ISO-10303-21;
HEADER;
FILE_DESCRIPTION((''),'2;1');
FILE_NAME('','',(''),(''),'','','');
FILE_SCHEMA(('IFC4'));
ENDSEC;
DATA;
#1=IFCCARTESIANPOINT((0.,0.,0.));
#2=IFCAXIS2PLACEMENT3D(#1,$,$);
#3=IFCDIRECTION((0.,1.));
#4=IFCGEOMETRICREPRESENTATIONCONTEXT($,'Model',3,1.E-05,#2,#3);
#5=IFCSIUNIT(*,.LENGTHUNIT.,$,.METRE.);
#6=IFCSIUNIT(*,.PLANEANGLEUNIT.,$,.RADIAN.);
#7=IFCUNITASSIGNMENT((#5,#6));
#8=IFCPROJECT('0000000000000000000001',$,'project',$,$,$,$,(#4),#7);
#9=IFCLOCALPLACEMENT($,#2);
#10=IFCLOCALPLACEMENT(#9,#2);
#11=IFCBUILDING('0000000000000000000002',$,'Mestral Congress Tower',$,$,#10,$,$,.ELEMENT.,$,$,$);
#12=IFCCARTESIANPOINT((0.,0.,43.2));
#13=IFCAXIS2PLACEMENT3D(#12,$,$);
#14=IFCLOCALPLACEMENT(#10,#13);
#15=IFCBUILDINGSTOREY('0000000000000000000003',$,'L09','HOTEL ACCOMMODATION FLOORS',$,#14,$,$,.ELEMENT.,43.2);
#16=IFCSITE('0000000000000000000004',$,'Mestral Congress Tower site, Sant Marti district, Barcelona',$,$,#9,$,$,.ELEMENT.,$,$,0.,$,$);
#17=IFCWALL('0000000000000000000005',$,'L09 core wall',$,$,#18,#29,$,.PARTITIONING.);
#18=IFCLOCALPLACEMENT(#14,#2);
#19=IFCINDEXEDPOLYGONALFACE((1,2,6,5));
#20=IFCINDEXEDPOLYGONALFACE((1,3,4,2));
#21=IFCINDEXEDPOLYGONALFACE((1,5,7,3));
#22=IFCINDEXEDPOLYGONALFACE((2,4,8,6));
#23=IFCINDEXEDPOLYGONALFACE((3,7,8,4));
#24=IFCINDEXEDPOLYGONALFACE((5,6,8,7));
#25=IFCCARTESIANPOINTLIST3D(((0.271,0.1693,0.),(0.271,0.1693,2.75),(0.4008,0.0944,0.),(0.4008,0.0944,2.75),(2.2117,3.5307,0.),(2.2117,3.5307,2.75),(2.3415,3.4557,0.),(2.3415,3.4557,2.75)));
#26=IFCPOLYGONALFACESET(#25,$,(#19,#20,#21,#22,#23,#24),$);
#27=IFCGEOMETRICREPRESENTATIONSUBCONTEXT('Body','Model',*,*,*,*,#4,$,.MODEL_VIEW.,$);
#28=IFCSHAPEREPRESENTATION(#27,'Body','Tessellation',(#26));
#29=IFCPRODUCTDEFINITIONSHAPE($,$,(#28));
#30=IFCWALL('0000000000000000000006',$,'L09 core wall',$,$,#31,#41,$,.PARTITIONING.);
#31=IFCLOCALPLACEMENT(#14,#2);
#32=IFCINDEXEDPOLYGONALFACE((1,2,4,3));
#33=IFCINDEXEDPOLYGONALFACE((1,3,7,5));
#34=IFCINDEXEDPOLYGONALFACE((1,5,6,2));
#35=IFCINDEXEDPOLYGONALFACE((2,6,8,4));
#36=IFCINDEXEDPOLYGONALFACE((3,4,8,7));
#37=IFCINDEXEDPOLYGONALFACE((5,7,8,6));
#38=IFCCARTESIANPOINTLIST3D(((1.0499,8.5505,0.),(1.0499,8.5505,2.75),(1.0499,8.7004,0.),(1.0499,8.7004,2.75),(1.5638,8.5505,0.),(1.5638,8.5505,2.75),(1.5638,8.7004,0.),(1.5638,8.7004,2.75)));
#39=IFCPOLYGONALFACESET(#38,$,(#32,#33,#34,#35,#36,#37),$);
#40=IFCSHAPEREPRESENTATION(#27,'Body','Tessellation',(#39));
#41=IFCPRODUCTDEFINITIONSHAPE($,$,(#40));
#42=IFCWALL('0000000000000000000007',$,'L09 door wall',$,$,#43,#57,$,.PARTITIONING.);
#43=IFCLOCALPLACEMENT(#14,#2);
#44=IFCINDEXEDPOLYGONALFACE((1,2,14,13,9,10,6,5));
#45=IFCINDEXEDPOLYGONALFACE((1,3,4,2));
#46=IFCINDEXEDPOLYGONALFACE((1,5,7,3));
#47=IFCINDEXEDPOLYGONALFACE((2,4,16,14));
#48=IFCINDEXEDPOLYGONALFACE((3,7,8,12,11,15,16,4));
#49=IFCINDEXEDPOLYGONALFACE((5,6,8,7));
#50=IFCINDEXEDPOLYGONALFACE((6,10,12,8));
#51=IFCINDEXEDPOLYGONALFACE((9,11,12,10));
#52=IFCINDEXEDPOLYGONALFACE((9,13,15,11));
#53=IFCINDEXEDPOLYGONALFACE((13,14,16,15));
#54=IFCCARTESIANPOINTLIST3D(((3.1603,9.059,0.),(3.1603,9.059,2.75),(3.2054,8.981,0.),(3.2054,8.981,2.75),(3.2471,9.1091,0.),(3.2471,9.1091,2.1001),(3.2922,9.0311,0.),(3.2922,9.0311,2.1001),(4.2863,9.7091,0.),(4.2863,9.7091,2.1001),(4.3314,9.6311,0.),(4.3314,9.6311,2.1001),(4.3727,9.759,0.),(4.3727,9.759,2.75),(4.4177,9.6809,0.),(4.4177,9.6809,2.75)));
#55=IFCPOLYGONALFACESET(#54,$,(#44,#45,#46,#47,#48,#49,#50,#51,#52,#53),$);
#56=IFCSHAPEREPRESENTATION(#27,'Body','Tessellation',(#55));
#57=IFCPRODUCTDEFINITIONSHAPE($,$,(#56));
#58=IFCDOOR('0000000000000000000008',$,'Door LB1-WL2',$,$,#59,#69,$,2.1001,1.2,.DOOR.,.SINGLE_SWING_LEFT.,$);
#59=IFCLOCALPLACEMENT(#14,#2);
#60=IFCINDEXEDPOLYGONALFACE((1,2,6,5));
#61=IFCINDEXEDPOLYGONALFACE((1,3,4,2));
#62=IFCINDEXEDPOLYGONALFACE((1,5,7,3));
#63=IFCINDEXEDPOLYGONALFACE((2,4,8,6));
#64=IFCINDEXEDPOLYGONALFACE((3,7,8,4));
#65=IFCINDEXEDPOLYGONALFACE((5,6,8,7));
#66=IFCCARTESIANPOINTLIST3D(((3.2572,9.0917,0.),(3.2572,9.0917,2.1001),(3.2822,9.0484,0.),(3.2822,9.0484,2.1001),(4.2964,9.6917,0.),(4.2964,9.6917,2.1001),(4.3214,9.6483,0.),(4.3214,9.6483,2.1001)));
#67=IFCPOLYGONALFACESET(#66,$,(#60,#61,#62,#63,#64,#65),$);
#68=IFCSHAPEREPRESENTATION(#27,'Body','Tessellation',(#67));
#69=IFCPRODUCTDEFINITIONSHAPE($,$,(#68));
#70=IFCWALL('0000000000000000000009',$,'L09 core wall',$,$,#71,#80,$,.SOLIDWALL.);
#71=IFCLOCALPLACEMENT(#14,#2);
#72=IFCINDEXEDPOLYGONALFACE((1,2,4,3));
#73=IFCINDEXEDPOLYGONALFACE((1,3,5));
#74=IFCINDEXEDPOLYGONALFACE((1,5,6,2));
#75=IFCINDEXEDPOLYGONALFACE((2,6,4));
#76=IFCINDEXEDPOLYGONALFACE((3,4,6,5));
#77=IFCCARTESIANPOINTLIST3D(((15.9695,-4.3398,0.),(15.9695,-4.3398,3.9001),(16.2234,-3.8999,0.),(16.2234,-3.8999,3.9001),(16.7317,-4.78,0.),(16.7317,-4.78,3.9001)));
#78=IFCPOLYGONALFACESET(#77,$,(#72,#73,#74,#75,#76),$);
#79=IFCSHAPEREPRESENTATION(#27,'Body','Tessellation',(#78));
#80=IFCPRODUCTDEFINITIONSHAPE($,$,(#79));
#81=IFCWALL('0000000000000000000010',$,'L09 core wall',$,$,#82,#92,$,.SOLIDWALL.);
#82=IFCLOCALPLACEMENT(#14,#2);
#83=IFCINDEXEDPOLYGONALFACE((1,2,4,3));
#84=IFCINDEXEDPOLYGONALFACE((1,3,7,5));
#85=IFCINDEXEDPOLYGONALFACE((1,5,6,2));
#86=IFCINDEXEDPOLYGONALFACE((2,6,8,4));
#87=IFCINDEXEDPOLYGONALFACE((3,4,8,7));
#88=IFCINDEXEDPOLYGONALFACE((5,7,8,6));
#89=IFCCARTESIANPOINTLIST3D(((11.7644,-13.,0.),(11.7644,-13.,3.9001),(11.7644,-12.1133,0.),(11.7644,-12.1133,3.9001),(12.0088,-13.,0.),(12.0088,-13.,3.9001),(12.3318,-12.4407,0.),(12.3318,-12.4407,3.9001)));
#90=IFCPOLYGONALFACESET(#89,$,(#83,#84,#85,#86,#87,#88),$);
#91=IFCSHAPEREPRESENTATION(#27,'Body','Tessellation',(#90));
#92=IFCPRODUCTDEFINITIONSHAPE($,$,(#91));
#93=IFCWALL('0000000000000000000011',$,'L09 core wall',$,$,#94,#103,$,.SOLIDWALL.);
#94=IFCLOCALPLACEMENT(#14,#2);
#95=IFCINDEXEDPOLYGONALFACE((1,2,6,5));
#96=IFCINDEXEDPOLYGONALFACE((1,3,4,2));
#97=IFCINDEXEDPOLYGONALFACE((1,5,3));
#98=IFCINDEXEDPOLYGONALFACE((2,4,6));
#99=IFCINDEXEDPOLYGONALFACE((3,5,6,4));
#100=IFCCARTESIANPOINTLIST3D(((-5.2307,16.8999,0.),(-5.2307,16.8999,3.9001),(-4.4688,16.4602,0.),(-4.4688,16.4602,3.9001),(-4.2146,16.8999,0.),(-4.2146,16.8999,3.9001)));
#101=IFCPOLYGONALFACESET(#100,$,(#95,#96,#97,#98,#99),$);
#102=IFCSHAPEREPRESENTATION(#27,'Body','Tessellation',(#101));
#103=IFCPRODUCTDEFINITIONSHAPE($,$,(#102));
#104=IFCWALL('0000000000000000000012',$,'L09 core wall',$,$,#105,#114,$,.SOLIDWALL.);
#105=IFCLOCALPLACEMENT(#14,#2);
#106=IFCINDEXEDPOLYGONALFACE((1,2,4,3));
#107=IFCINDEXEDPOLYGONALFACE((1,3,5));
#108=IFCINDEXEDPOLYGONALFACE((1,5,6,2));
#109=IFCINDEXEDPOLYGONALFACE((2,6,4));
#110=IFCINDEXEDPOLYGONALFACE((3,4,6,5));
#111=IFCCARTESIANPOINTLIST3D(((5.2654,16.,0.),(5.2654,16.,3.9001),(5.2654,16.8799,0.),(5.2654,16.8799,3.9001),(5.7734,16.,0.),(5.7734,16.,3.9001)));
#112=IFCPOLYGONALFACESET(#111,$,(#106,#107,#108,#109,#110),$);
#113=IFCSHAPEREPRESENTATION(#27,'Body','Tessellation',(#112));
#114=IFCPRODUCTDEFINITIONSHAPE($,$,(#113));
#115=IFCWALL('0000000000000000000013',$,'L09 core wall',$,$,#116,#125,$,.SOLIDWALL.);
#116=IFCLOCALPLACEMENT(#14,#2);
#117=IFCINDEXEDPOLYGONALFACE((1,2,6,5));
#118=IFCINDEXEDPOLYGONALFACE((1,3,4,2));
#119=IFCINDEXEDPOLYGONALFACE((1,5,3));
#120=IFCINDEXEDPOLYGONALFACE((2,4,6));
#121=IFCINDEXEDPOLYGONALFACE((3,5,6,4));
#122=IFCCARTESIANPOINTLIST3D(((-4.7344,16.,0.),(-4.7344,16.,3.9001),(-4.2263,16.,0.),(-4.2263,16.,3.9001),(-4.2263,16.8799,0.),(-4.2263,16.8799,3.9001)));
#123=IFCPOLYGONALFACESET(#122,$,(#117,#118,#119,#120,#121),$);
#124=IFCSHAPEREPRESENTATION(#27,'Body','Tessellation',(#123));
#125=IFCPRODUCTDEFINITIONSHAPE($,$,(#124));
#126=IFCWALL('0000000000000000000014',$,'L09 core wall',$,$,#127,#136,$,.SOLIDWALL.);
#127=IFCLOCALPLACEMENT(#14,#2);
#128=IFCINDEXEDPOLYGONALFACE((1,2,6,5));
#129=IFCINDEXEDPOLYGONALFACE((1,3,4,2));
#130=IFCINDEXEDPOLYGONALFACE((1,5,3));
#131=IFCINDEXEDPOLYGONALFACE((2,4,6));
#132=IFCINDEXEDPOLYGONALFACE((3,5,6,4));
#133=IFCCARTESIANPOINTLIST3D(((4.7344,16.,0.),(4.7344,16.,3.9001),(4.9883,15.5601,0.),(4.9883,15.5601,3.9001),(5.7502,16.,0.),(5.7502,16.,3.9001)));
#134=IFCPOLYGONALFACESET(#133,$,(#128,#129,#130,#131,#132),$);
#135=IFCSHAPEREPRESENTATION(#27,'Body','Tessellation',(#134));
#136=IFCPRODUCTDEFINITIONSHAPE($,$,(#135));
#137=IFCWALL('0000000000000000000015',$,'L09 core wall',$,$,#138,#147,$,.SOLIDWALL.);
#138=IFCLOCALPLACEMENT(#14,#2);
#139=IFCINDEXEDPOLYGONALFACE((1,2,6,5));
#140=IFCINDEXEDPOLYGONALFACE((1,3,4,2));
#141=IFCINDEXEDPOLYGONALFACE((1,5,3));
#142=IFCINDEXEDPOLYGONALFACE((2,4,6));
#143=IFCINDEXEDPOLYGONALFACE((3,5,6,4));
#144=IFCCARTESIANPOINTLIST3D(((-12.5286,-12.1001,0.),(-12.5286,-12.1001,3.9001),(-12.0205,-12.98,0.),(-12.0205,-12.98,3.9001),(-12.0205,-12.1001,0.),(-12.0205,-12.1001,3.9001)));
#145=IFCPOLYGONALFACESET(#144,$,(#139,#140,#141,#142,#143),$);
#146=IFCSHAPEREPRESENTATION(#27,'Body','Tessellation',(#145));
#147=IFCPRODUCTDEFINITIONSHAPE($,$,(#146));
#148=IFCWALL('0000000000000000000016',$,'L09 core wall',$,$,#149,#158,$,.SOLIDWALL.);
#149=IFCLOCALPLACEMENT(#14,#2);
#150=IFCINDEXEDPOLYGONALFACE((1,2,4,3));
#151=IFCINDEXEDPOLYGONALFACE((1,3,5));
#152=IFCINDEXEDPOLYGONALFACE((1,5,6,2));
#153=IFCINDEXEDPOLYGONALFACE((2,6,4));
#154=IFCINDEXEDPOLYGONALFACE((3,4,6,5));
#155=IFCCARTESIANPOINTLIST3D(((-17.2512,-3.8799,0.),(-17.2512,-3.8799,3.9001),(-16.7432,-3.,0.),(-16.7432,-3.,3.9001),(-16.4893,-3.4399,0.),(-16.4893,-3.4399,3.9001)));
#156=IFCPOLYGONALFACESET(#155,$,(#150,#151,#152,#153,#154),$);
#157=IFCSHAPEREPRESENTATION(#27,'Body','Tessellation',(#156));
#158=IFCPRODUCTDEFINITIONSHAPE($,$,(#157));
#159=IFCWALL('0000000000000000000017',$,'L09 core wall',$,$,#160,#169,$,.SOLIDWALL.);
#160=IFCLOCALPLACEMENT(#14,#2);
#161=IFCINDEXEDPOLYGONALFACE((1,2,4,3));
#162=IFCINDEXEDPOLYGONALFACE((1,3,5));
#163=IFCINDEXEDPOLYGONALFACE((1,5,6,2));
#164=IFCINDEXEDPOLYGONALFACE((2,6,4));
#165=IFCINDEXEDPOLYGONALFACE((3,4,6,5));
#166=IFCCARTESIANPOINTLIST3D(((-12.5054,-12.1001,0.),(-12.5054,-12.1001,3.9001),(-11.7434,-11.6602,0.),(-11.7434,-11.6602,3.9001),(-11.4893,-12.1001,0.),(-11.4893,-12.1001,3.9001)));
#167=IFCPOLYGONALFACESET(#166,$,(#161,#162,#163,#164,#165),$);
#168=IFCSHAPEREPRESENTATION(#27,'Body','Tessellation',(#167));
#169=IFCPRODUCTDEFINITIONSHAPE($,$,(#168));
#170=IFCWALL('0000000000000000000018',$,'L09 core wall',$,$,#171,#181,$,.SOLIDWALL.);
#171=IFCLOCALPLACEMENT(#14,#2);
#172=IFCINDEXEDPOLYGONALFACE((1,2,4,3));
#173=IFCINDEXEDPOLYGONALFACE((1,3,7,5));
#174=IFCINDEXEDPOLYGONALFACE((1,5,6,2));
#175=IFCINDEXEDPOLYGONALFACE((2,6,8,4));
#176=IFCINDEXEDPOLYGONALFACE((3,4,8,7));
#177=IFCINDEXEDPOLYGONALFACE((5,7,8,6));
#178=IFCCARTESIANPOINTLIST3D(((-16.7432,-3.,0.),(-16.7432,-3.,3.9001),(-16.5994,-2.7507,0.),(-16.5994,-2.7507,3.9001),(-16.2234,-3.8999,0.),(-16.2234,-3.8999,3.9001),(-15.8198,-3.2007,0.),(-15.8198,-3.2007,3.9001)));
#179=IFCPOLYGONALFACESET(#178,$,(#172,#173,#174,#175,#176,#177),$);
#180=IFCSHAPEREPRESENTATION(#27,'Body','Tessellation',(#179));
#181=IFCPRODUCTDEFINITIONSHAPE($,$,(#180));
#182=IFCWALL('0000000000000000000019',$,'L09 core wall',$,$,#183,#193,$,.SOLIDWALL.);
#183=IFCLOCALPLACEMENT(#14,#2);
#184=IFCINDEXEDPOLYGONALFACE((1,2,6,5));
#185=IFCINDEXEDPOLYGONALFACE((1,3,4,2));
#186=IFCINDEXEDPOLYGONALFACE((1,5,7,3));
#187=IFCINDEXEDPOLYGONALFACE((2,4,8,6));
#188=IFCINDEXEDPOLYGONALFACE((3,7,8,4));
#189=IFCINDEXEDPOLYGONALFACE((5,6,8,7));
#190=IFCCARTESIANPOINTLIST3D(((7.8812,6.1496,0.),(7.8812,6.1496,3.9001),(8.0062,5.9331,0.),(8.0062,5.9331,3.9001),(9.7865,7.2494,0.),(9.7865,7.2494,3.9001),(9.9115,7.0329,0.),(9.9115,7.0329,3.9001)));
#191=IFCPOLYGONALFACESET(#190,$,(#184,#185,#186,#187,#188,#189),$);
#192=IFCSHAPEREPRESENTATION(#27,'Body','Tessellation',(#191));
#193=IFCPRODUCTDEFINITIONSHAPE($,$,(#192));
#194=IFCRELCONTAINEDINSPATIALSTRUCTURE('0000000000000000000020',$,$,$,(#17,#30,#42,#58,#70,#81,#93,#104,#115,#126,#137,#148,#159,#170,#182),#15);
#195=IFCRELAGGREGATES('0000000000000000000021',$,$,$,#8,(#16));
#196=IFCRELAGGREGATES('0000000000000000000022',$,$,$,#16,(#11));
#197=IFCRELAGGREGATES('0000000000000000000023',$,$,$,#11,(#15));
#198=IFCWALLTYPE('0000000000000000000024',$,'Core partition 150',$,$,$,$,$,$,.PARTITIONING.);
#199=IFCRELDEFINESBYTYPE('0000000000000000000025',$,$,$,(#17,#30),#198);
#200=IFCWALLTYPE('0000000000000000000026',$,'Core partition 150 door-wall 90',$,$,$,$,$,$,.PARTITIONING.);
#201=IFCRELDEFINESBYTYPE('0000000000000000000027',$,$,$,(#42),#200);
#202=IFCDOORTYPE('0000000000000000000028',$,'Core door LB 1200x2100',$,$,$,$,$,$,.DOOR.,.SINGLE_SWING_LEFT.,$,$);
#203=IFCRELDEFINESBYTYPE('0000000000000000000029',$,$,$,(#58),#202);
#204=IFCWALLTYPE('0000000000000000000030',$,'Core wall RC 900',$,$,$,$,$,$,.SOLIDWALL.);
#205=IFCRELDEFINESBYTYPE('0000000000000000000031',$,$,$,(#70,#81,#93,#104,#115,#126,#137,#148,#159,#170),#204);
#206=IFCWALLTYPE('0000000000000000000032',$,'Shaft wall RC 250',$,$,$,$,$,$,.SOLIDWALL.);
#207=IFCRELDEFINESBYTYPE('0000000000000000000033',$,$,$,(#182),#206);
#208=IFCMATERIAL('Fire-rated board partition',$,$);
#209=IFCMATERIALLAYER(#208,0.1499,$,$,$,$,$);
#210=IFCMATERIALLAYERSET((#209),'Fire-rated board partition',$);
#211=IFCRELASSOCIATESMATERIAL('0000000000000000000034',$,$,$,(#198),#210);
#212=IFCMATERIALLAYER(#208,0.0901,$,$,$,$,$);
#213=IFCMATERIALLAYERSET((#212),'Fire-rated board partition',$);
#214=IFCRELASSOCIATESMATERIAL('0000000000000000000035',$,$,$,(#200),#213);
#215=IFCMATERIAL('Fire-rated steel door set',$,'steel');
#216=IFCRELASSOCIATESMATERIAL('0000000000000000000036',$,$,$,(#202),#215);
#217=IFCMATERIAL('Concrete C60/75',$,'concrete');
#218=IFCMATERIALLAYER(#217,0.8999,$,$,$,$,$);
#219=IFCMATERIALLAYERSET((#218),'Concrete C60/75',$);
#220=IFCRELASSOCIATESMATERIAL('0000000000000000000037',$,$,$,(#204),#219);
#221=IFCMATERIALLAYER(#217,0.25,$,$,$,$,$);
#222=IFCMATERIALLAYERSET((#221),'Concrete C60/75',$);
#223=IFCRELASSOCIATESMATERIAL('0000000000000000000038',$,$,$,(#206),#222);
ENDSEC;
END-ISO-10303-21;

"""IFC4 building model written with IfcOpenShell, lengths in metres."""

from ifc_helpers import new_model, si_unit, direction, frame, frame_2d, origin, place, context, subcontext, project, spatial, polyline, rectangle, outline, extrude, material, layer, layer_set, type_object, element, fill, save


model = new_model("IFC4")

# Units and contexts
model_context = context("Model", 3, precision=1e-05, world=origin(), true_north=direction((0.0, 1.0)))
body_context = subcontext(model_context, "Body", "Model", "MODEL_VIEW")
ifc_project = project(units=[si_unit("LENGTHUNIT", "METRE"), si_unit("PLANEANGLEUNIT", "RADIAN")], contexts=[model_context])

# Site, building, storey
site_placement = place(None, origin())
site = spatial("IfcSite", under=ifc_project, at=site_placement, Name="Mestral Congress Tower site, Sant Marti district, Barcelona", CompositionType="ELEMENT", RefElevation=0.0)
building_placement = place(site_placement, origin())
building = spatial("IfcBuilding", under=site, at=building_placement, Name="Mestral Congress Tower", CompositionType="ELEMENT")
storey_placement = place(building_placement, frame((0.0, 0.0, 43.2)))
storey = spatial("IfcBuildingStorey", under=building, at=storey_placement, Name="L09", Description="HOTEL ACCOMMODATION FLOORS", CompositionType="ELEMENT", Elevation=43.2)

# Walls
ifc_material_1 = material(Name="Fire-rated board partition")
ifc_layer_1 = layer(ifc_material_1, 0.1499)
ifc_layer_set_1 = layer_set([ifc_layer_1], Name="Fire-rated board partition")
wall_type_1 = type_object("IfcWallType", Name="Core partition 150", PredefinedType="PARTITIONING", material=ifc_layer_set_1)
wall_1_placement = place(storey_placement, frame((0.3359, 0.1318, 0.0), z_axis=(0.0, 0.0, 1.0), x_axis=(0.500002, 0.866024, 0.0)))
element("IfcWall", 1, at=wall_1_placement, inside=storey, type_object=wall_type_1, Name="L09 core wall", PredefinedType="PARTITIONING", context=body_context, shape_type="SweptSolid", body=[
    extrude(rectangle(XDim=3.8813, YDim=0.1499, at=frame_2d((1.9407, 0.0))), origin(), (0.0, 0.0, 1.0), 2.75),
])
wall_2_placement = place(storey_placement, frame((1.05, 8.6255, 0.0), z_axis=(0.0, 0.0, 1.0), x_axis=(1.0, 0.0, 0.0)))
element("IfcWall", 2, at=wall_2_placement, inside=storey, type_object=wall_type_1, Name="L09 core wall", PredefinedType="PARTITIONING", context=body_context, shape_type="SweptSolid", body=[
    extrude(rectangle(XDim=0.5139, YDim=0.1499, at=frame_2d((0.2568, 0.0))), origin(), (0.0, 0.0, 1.0), 2.75),
])

# Wall, opening, door
ifc_layer_2 = layer(ifc_material_1, 0.0901)
ifc_layer_set_2 = layer_set([ifc_layer_2], Name="Fire-rated board partition")
wall_type_2 = type_object("IfcWallType", Name="Core partition 150 door-wall 90", PredefinedType="PARTITIONING", material=ifc_layer_set_2)
wall_3_placement = place(storey_placement, frame((3.1829, 9.02, 0.0), z_axis=(0.0, 0.0, 1.0), x_axis=(0.866035, 0.499984, 0.0)))
wall_3 = element("IfcWall", 3, at=wall_3_placement, inside=storey, type_object=wall_type_2, Name="L09 door wall", PredefinedType="PARTITIONING", context=body_context, shape_type="SweptSolid", body=[
    extrude(rectangle(XDim=1.3999, YDim=0.0901, at=frame_2d((0.7, 0.0))), origin(), (0.0, 0.0, 1.0), 2.75),
])
opening_1_placement = place(wall_3_placement, frame((0.1001, 0.0, 0.0)))
opening_1 = element("IfcOpeningElement", 4, at=opening_1_placement, cuts=wall_3, PredefinedType="OPENING", context=body_context, shape_type="SweptSolid", body=[
    extrude(rectangle(XDim=1.2, YDim=2.1001, at=frame_2d((0.6001, 1.05))), frame((0.0, 0.0549, 0.0), z_axis=(0.0, -1.0, 0.0), x_axis=(1.0, 0.0, 0.0)), (0.0, 0.0, 1.0), 0.1101),
])
ifc_material_2 = material(Name="Fire-rated steel door set", Category="steel")
door_type_1 = type_object("IfcDoorType", Name="Core door LB 1200x2100", OperationType="SINGLE_SWING_LEFT", PredefinedType="DOOR", material=ifc_material_2)
door_1_placement = place(opening_1_placement, origin())
door_1 = element("IfcDoor", 5, at=door_1_placement, inside=storey, type_object=door_type_1, Name="Door LB1-WL2", OperationType="SINGLE_SWING_LEFT", OverallHeight=2.1001, OverallWidth=1.2, PredefinedType="DOOR", context=body_context, shape_type="SweptSolid", body=[
    extrude(rectangle(XDim=1.2, YDim=2.1001, at=frame_2d((0.6001, 1.05))), frame((0.0, 0.0249, 0.0), z_axis=(0.0, -1.0, 0.0), x_axis=(1.0, 0.0, 0.0)), (0.0, 0.0, 1.0), 0.05),
])
fill(opening_1, door_1)

# Walls
ifc_material_3 = material(Name="Concrete C60/75", Category="concrete")
ifc_layer_3 = layer(ifc_material_3, 0.8999)
ifc_layer_set_3 = layer_set([ifc_layer_3], Name="Concrete C60/75")
wall_type_3 = type_object("IfcWallType", Name="Core wall RC 900", PredefinedType="SOLIDWALL", material=ifc_layer_set_3)
placement = place(storey_placement, origin())
element("IfcWall", 6, at=placement, inside=storey, type_object=wall_type_3, Name="L09 core wall", PredefinedType="SOLIDWALL", context=body_context, shape_type="SweptSolid", body=[
    extrude(outline(polyline([(16.2234, -3.8999), (16.7317, -4.78), (15.9695, -4.3398), (16.2234, -3.8999)])), origin(), (0.0, 0.0, 1.0), 3.9001),
])
element("IfcWall", 7, at=placement, inside=storey, type_object=wall_type_3, Name="L09 core wall", PredefinedType="SOLIDWALL", context=body_context, shape_type="SweptSolid", body=[
    extrude(outline(polyline([(12.0088, -13.0), (11.7644, -13.0), (11.7644, -12.1133), (12.3318, -12.4407), (12.0088, -13.0)])), origin(), (0.0, 0.0, 1.0), 3.9001),
])
element("IfcWall", 8, at=placement, inside=storey, type_object=wall_type_3, Name="L09 core wall", PredefinedType="SOLIDWALL", context=body_context, shape_type="SweptSolid", body=[
    extrude(outline(polyline([(-4.2146, 16.8999), (-4.4688, 16.4602), (-5.2307, 16.8999), (-4.2146, 16.8999)])), origin(), (0.0, 0.0, 1.0), 3.9001),
])
element("IfcWall", 9, at=placement, inside=storey, type_object=wall_type_3, Name="L09 core wall", PredefinedType="SOLIDWALL", context=body_context, shape_type="SweptSolid", body=[
    extrude(outline(polyline([(5.2654, 16.0), (5.2654, 16.8799), (5.7734, 16.0), (5.2654, 16.0)])), origin(), (0.0, 0.0, 1.0), 3.9001),
])
element("IfcWall", 10, at=placement, inside=storey, type_object=wall_type_3, Name="L09 core wall", PredefinedType="SOLIDWALL", context=body_context, shape_type="SweptSolid", body=[
    extrude(outline(polyline([(-4.7344, 16.0), (-4.2263, 16.8799), (-4.2263, 16.0), (-4.7344, 16.0)])), origin(), (0.0, 0.0, 1.0), 3.9001),
])
element("IfcWall", 11, at=placement, inside=storey, type_object=wall_type_3, Name="L09 core wall", PredefinedType="SOLIDWALL", context=body_context, shape_type="SweptSolid", body=[
    extrude(outline(polyline([(4.7344, 16.0), (5.7502, 16.0), (4.9883, 15.5601), (4.7344, 16.0)])), origin(), (0.0, 0.0, 1.0), 3.9001),
])
element("IfcWall", 12, at=placement, inside=storey, type_object=wall_type_3, Name="L09 core wall", PredefinedType="SOLIDWALL", context=body_context, shape_type="SweptSolid", body=[
    extrude(outline(polyline([(-12.5286, -12.1001), (-12.0205, -12.1001), (-12.0205, -12.98), (-12.5286, -12.1001)])), origin(), (0.0, 0.0, 1.0), 3.9001),
])
element("IfcWall", 13, at=placement, inside=storey, type_object=wall_type_3, Name="L09 core wall", PredefinedType="SOLIDWALL", context=body_context, shape_type="SweptSolid", body=[
    extrude(outline(polyline([(-16.4893, -3.4399), (-17.2512, -3.8799), (-16.7432, -3.0), (-16.4893, -3.4399)])), origin(), (0.0, 0.0, 1.0), 3.9001),
])
element("IfcWall", 14, at=placement, inside=storey, type_object=wall_type_3, Name="L09 core wall", PredefinedType="SOLIDWALL", context=body_context, shape_type="SweptSolid", body=[
    extrude(outline(polyline([(-11.4893, -12.1001), (-12.5054, -12.1001), (-11.7434, -11.6602), (-11.4893, -12.1001)])), origin(), (0.0, 0.0, 1.0), 3.9001),
])
element("IfcWall", 15, at=placement, inside=storey, type_object=wall_type_3, Name="L09 core wall", PredefinedType="SOLIDWALL", context=body_context, shape_type="SweptSolid", body=[
    extrude(outline(polyline([(-15.8198, -3.2007), (-16.2234, -3.8999), (-16.7432, -3.0), (-16.5994, -2.7507), (-15.8198, -3.2007)])), origin(), (0.0, 0.0, 1.0), 3.9001),
])
ifc_layer_4 = layer(ifc_material_3, 0.25)
ifc_layer_set_4 = layer_set([ifc_layer_4], Name="Concrete C60/75")
wall_type_4 = type_object("IfcWallType", Name="Shaft wall RC 250", PredefinedType="SOLIDWALL", material=ifc_layer_set_4)
for number, where, z_axis, x_axis, name in (
    (16, (7.9436, 6.0413, 0.0), (0.0, 0.0, 1.0), (0.866056, 0.499947, 0.0), "L09 core wall"),
):
    element("IfcWall", number, at=place(storey_placement, frame(where, z_axis=z_axis, x_axis=x_axis)), inside=storey, type_object=wall_type_4, Name=name, PredefinedType="SOLIDWALL", context=body_context, shape_type="SweptSolid", body=[
        extrude(rectangle(XDim=2.2, YDim=0.25, at=frame_2d((1.1001, 0.0))), origin(), (0.0, 0.0, 1.0), 3.9001),
    ])

save(model, "model.ifc")
